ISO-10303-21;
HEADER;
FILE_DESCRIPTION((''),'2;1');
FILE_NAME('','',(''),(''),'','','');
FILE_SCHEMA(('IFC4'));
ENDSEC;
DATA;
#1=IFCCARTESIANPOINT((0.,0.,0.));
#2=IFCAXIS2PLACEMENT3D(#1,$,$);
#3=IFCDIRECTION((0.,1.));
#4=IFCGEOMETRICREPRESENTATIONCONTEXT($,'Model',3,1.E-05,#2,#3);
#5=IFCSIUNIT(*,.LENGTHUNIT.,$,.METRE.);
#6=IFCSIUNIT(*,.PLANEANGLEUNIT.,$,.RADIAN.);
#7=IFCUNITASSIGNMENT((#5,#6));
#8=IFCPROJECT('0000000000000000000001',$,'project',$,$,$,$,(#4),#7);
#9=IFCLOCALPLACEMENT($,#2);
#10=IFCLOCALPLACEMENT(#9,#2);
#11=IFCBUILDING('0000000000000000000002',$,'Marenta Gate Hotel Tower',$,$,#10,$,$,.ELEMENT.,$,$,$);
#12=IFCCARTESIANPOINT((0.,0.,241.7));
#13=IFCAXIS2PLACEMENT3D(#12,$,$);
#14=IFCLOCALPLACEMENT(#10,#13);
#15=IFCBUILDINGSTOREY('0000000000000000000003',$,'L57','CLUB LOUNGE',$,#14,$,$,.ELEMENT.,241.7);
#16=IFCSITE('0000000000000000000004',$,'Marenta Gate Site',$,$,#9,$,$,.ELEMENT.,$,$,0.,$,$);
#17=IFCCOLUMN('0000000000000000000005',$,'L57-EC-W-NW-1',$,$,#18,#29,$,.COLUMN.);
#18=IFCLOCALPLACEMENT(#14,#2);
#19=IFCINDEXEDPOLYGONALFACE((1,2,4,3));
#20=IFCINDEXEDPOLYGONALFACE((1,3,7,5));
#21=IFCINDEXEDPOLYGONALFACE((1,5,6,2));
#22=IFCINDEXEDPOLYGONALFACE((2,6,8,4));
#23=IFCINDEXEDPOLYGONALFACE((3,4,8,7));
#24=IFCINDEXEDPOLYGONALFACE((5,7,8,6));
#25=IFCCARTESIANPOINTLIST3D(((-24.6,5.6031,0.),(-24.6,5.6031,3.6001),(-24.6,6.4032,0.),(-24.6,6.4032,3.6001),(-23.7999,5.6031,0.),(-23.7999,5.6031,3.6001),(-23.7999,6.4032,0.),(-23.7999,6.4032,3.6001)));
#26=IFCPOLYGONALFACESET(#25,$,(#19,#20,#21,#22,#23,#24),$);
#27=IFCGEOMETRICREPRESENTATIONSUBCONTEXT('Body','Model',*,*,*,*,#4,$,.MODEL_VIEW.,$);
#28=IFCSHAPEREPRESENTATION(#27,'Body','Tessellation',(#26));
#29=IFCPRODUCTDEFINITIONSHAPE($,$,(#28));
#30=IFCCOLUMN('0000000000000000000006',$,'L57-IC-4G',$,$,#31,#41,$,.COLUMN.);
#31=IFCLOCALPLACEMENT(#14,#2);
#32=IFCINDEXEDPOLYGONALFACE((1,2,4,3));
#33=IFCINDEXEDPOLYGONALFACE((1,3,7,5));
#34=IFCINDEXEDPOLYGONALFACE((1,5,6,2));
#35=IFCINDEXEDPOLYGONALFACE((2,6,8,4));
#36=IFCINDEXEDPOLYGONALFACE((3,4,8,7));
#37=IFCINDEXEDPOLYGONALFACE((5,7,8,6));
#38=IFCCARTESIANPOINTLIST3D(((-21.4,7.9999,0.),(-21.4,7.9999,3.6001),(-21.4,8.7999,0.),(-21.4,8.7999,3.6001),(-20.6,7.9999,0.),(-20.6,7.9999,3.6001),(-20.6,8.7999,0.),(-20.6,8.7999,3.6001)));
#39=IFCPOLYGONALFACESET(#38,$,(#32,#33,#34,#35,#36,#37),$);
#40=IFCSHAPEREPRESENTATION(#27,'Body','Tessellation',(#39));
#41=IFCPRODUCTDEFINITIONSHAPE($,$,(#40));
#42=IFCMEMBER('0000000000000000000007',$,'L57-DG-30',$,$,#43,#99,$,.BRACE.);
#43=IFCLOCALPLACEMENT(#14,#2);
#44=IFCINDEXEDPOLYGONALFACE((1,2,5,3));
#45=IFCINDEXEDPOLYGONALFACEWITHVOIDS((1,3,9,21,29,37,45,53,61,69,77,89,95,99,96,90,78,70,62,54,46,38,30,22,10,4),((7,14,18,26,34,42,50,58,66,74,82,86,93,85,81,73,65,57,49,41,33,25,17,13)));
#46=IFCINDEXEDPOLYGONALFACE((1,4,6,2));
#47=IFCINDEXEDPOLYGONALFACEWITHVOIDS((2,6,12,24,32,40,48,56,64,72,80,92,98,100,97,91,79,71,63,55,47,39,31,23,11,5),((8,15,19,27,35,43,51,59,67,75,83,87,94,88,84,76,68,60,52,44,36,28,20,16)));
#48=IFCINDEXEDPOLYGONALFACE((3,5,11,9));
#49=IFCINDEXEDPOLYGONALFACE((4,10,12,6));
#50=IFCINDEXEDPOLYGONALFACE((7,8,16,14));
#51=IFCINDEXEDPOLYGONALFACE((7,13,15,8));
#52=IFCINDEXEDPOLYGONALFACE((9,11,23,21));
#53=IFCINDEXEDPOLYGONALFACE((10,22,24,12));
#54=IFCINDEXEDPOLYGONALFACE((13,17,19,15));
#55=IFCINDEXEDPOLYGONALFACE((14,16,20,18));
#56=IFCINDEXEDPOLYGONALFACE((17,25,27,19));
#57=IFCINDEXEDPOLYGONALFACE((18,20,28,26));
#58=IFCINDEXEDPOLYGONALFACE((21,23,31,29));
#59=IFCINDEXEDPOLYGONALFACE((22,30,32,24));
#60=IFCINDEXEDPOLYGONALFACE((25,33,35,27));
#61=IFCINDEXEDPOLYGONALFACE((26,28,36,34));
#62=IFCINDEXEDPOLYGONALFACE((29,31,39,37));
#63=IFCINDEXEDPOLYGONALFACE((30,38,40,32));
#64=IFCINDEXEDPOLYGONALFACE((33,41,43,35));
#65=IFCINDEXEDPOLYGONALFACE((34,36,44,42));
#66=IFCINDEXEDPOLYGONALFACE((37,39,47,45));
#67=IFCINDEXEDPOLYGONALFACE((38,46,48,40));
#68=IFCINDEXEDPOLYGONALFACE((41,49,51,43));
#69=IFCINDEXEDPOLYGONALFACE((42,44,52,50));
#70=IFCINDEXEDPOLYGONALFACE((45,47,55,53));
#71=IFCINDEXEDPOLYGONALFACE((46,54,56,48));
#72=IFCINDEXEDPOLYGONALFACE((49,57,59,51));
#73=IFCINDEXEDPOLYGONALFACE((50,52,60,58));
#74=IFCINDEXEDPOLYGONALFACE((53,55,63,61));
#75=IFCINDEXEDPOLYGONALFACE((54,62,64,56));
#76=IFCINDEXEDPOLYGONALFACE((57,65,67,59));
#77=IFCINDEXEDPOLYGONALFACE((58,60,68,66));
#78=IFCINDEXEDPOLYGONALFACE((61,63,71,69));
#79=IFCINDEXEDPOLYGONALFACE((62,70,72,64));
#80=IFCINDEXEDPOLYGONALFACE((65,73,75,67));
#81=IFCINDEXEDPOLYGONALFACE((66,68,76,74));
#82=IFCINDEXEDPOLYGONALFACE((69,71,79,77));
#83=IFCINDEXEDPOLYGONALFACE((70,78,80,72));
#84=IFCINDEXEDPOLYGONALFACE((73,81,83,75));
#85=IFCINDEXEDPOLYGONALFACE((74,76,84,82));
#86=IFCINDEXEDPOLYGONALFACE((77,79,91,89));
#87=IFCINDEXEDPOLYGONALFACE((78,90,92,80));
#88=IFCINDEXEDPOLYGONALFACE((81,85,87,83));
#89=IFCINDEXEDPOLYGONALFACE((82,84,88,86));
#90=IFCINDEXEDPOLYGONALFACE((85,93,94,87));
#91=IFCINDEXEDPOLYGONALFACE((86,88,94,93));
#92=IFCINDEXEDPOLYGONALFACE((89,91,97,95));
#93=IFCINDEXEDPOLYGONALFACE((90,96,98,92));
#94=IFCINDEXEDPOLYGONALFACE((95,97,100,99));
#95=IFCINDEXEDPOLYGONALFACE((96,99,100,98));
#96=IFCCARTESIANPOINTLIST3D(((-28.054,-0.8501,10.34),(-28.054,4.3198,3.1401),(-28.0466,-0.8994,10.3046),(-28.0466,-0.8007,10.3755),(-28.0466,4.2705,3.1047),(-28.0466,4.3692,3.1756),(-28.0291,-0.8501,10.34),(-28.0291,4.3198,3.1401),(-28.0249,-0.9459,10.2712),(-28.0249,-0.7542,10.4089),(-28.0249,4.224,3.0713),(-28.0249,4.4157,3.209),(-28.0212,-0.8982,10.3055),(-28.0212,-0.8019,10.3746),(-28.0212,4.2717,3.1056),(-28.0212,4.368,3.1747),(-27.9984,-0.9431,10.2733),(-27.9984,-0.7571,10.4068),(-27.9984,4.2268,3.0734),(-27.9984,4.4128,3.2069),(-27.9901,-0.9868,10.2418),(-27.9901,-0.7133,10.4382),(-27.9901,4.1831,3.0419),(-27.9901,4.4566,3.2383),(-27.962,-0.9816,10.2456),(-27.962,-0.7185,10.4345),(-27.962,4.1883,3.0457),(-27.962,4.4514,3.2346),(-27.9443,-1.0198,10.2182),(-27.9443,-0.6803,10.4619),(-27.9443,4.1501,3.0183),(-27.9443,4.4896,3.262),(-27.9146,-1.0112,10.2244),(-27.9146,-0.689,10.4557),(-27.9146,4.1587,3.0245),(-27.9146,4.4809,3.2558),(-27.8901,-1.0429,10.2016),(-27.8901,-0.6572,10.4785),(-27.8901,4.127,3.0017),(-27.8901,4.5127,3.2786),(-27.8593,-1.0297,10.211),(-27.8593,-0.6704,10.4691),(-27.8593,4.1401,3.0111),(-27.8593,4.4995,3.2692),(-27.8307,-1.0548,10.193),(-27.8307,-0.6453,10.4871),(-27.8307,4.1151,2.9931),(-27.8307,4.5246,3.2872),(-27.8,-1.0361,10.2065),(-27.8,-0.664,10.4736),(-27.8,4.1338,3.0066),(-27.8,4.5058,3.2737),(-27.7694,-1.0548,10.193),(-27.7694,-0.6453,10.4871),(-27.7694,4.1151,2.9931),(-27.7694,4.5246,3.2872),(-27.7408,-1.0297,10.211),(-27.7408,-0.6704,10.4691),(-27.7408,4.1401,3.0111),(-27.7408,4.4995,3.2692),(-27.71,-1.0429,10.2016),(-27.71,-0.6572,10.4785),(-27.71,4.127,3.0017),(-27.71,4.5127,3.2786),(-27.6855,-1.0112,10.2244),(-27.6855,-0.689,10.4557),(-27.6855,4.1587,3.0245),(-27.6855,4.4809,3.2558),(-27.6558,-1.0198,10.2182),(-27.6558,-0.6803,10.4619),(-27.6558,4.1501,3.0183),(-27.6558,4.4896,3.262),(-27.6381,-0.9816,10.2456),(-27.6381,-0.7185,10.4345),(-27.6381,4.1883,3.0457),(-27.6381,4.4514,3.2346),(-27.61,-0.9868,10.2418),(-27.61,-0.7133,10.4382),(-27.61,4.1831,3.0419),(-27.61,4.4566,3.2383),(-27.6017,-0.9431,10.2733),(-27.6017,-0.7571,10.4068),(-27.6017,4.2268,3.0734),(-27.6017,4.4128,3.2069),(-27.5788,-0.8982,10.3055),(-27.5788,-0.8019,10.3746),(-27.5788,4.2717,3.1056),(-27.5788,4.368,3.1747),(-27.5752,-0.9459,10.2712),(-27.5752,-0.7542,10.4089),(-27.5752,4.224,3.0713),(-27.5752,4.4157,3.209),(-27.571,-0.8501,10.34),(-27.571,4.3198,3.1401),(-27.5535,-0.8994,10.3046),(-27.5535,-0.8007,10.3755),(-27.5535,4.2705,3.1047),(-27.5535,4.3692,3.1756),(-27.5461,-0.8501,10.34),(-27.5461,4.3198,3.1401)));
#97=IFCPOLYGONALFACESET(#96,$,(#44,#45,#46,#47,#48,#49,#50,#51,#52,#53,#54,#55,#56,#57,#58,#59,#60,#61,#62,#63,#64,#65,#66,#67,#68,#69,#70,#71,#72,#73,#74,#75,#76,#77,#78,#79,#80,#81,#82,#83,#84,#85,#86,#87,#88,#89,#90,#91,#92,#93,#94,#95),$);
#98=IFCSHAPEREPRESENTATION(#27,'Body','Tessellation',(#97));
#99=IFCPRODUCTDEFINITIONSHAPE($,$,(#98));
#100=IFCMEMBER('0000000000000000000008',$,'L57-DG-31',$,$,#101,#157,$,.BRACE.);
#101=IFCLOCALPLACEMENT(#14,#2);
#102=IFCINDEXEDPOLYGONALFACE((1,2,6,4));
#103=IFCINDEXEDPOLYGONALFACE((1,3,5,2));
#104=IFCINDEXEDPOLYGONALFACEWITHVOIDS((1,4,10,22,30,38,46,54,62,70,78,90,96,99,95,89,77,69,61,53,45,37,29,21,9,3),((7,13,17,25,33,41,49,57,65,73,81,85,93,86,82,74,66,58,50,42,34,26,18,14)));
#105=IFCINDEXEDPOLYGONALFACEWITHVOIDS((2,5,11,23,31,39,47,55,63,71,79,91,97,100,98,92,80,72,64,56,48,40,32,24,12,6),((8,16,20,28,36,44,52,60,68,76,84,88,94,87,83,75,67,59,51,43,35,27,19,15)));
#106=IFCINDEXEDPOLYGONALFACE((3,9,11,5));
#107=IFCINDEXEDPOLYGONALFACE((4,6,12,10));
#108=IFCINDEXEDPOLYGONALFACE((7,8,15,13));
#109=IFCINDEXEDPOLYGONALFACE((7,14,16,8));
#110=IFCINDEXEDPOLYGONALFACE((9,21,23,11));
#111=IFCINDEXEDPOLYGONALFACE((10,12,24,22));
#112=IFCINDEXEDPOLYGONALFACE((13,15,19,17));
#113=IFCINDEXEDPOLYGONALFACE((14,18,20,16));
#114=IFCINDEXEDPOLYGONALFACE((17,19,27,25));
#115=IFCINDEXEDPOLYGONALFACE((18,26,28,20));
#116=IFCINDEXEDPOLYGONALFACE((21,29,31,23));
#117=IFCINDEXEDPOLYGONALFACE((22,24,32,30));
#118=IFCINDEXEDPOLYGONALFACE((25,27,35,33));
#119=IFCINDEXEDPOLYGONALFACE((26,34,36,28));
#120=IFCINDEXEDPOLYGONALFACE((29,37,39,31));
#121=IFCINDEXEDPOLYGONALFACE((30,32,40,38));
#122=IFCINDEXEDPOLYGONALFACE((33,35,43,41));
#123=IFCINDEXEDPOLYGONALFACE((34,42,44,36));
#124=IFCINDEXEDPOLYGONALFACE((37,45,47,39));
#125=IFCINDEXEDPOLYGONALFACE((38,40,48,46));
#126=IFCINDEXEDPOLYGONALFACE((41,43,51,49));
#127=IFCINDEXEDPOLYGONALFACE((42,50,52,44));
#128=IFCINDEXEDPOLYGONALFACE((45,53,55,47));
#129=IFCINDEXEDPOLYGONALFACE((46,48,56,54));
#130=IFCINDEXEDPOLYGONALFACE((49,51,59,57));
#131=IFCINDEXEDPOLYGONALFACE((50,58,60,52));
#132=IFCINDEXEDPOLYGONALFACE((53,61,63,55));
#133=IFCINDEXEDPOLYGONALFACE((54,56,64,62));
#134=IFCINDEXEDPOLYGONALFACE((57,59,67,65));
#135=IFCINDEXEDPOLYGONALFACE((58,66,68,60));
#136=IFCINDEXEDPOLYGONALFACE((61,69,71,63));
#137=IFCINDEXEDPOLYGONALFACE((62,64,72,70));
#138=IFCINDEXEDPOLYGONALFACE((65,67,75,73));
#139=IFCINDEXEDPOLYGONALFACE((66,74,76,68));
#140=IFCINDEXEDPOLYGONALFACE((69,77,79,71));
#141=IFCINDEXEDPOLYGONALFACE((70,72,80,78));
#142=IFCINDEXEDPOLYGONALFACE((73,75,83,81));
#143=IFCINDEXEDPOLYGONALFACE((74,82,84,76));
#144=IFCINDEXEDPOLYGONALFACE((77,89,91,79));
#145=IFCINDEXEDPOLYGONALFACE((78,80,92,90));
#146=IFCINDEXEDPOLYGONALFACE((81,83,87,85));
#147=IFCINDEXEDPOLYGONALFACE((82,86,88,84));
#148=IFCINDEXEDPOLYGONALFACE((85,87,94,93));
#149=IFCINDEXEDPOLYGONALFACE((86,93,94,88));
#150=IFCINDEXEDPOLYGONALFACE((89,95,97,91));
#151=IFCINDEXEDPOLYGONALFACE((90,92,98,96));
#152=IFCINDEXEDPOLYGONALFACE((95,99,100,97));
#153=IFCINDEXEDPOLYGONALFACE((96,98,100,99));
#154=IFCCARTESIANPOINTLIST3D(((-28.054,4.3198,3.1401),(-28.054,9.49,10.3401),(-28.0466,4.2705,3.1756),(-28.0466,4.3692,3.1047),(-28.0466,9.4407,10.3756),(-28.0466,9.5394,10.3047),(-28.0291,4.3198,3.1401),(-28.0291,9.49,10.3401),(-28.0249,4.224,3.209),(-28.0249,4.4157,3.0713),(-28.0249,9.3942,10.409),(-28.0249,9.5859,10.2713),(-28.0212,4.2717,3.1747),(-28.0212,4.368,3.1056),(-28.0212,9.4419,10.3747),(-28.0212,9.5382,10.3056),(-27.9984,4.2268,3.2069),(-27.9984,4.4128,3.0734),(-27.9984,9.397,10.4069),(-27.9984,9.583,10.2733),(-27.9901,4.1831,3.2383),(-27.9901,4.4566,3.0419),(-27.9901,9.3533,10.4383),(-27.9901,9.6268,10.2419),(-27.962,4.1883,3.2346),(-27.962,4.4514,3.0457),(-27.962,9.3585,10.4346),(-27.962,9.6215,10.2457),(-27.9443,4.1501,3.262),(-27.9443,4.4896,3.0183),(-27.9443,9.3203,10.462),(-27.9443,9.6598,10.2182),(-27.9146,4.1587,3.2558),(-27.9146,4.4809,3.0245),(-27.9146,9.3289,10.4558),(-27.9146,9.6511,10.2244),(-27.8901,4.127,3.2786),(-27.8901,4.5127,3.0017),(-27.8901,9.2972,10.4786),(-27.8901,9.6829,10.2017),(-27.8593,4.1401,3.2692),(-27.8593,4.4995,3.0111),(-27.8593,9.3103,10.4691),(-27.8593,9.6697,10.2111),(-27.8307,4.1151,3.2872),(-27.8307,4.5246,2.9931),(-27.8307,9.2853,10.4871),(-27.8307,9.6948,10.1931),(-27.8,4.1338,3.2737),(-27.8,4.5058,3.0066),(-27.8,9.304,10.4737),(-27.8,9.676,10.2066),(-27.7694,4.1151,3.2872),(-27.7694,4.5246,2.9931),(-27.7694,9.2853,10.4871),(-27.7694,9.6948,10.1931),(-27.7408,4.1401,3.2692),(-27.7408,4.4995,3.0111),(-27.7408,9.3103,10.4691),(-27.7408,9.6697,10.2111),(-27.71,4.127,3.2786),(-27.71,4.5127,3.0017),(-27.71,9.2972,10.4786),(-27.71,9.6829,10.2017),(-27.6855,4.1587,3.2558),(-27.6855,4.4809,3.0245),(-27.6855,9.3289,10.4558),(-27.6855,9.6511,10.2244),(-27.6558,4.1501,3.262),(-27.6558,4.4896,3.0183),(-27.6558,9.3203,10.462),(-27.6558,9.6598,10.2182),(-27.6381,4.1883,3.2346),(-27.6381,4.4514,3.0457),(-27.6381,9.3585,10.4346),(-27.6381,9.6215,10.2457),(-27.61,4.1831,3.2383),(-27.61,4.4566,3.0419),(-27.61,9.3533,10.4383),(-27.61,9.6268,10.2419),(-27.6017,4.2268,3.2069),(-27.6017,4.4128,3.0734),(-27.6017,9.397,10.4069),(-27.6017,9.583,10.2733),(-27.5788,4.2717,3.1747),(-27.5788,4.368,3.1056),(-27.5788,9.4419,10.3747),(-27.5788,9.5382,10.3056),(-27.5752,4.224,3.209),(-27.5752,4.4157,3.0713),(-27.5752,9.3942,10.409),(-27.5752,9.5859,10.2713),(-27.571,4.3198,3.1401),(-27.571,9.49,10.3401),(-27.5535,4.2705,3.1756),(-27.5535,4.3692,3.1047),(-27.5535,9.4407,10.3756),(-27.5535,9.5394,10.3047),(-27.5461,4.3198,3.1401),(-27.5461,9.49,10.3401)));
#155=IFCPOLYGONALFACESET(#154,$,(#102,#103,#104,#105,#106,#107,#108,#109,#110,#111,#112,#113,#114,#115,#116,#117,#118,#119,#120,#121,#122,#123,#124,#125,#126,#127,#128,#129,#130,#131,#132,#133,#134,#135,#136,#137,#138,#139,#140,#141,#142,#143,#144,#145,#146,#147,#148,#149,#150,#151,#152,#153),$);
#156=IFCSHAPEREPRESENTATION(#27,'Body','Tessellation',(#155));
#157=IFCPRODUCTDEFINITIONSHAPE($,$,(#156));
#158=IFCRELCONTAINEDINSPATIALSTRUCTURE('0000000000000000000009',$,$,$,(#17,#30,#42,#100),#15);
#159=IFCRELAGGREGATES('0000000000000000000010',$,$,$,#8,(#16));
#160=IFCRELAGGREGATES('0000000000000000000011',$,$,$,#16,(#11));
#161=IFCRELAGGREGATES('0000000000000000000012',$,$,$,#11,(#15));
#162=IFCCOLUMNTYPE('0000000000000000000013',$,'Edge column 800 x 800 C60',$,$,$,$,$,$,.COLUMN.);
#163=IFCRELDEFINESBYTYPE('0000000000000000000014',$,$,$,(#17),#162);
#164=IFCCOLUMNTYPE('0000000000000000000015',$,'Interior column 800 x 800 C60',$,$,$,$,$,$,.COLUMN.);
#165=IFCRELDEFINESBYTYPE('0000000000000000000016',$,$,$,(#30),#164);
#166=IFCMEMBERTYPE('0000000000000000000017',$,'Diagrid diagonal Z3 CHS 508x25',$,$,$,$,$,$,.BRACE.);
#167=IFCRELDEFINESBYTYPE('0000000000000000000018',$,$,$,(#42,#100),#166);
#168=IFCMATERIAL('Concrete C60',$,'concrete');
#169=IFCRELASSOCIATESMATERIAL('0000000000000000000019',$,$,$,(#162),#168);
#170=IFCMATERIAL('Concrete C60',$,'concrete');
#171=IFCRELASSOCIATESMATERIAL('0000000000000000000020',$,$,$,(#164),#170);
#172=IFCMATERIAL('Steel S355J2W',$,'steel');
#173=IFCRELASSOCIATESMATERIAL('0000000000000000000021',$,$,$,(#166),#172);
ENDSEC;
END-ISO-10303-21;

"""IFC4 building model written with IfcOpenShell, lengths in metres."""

from ifc_helpers import new_model, si_unit, direction, frame, origin, origin_2d, place, context, subcontext, project, spatial, rectangle, hollow_circle, extrude, material, material_profile, profile_set, type_object, element, save


model = new_model("IFC4")

# Units and contexts
model_context = context("Model", 3, precision=1e-05, world=origin(), true_north=direction((0.0, 1.0)))
body_context = subcontext(model_context, "Body", "Model", "MODEL_VIEW")
ifc_project = project(units=[si_unit("LENGTHUNIT", "METRE"), si_unit("PLANEANGLEUNIT", "RADIAN")], contexts=[model_context])

# Site, building, storey
site_placement = place(None, origin())
site = spatial("IfcSite", under=ifc_project, at=site_placement, Name="Marenta Gate Site", CompositionType="ELEMENT", RefElevation=0.0)
building_placement = place(site_placement, origin())
building = spatial("IfcBuilding", under=site, at=building_placement, Name="Marenta Gate Hotel Tower", CompositionType="ELEMENT")
storey_placement = place(building_placement, frame((0.0, 0.0, 241.7)))
storey = spatial("IfcBuildingStorey", under=building, at=storey_placement, Name="L57", Description="CLUB LOUNGE", CompositionType="ELEMENT", Elevation=241.7)

# Columns
ifc_material_1 = material(Name="Concrete C60", Category="concrete")
ifc_material_profile_1 = material_profile(ifc_material_1, rectangle(XDim=0.8, YDim=0.8, at=origin_2d()), Name="800 x 800")
ifc_profile_set_1 = profile_set([ifc_material_profile_1], Name="Concrete C60")
column_type_1 = type_object("IfcColumnType", Name="Edge column 800 x 800 C60", PredefinedType="COLUMN", material=ifc_profile_set_1)
column_1_placement = place(storey_placement, frame((-24.2, 6.0032, 0.0), z_axis=(0.0, 0.0, 1.0), x_axis=(1.0, 0.0, 0.0)))
element("IfcColumn", 1, at=column_1_placement, inside=storey, type_object=column_type_1, Name="L57-EC-W-NW-1", PredefinedType="COLUMN", context=body_context, shape_type="SweptSolid", body=[
    extrude(rectangle(XDim=0.8, YDim=0.8, at=origin_2d()), origin(), (0.0, 0.0, 1.0), 3.6001),
])
ifc_material_2 = material(Name="Concrete C60", Category="concrete")
ifc_material_profile_2 = material_profile(ifc_material_2, rectangle(XDim=0.8, YDim=0.8, at=origin_2d()), Name="800 x 800")
ifc_profile_set_2 = profile_set([ifc_material_profile_2], Name="Concrete C60")
column_type_2 = type_object("IfcColumnType", Name="Interior column 800 x 800 C60", PredefinedType="COLUMN", material=ifc_profile_set_2)
column_2_placement = place(storey_placement, frame((-21.0, 8.3999, 0.0), z_axis=(0.0, 0.0, 1.0), x_axis=(1.0, 0.0, 0.0)))
element("IfcColumn", 2, at=column_2_placement, inside=storey, type_object=column_type_2, Name="L57-IC-4G", PredefinedType="COLUMN", context=body_context, shape_type="SweptSolid", body=[
    extrude(rectangle(XDim=0.8, YDim=0.8, at=origin_2d()), origin(), (0.0, 0.0, 1.0), 3.6001),
])

# Members
ifc_material_3 = material(Name="Steel S355J2W", Category="steel")
ifc_material_profile_3 = material_profile(ifc_material_3, hollow_circle(Radius=0.2539, WallThickness=0.0249, at=origin_2d()), Name="CHS 508x25")
ifc_profile_set_3 = profile_set([ifc_material_profile_3], Name="Steel S355J2W")
member_type_1 = type_object("IfcMemberType", Name="Diagrid diagonal Z3 CHS 508x25", PredefinedType="BRACE", material=ifc_profile_set_3)
member_1_placement = place(storey_placement, frame((-27.8, 4.3198, 3.1401), z_axis=(0.0, -0.583261, 0.812285), x_axis=(1.0, 0.0, 0.0)))
element("IfcMember", 3, at=member_1_placement, inside=storey, type_object=member_type_1, Name="L57-DG-30", PredefinedType="BRACE", context=body_context, shape_type="SweptSolid", body=[
    extrude(hollow_circle(Radius=0.2539, WallThickness=0.0249, at=origin_2d()), origin(), (0.0, 0.0, 1.0), 8.8638),
])
member_2_placement = place(storey_placement, frame((-27.8, 4.3198, 3.1401), z_axis=(0.0, 0.583279, 0.812272), x_axis=(-1.0, 0.0, 0.0)))
element("IfcMember", 4, at=member_2_placement, inside=storey, type_object=member_type_1, Name="L57-DG-31", PredefinedType="BRACE", context=body_context, shape_type="SweptSolid", body=[
    extrude(hollow_circle(Radius=0.2539, WallThickness=0.0249, at=origin_2d()), origin(), (0.0, 0.0, 1.0), 8.864),
])

save(model, "model.ifc")
